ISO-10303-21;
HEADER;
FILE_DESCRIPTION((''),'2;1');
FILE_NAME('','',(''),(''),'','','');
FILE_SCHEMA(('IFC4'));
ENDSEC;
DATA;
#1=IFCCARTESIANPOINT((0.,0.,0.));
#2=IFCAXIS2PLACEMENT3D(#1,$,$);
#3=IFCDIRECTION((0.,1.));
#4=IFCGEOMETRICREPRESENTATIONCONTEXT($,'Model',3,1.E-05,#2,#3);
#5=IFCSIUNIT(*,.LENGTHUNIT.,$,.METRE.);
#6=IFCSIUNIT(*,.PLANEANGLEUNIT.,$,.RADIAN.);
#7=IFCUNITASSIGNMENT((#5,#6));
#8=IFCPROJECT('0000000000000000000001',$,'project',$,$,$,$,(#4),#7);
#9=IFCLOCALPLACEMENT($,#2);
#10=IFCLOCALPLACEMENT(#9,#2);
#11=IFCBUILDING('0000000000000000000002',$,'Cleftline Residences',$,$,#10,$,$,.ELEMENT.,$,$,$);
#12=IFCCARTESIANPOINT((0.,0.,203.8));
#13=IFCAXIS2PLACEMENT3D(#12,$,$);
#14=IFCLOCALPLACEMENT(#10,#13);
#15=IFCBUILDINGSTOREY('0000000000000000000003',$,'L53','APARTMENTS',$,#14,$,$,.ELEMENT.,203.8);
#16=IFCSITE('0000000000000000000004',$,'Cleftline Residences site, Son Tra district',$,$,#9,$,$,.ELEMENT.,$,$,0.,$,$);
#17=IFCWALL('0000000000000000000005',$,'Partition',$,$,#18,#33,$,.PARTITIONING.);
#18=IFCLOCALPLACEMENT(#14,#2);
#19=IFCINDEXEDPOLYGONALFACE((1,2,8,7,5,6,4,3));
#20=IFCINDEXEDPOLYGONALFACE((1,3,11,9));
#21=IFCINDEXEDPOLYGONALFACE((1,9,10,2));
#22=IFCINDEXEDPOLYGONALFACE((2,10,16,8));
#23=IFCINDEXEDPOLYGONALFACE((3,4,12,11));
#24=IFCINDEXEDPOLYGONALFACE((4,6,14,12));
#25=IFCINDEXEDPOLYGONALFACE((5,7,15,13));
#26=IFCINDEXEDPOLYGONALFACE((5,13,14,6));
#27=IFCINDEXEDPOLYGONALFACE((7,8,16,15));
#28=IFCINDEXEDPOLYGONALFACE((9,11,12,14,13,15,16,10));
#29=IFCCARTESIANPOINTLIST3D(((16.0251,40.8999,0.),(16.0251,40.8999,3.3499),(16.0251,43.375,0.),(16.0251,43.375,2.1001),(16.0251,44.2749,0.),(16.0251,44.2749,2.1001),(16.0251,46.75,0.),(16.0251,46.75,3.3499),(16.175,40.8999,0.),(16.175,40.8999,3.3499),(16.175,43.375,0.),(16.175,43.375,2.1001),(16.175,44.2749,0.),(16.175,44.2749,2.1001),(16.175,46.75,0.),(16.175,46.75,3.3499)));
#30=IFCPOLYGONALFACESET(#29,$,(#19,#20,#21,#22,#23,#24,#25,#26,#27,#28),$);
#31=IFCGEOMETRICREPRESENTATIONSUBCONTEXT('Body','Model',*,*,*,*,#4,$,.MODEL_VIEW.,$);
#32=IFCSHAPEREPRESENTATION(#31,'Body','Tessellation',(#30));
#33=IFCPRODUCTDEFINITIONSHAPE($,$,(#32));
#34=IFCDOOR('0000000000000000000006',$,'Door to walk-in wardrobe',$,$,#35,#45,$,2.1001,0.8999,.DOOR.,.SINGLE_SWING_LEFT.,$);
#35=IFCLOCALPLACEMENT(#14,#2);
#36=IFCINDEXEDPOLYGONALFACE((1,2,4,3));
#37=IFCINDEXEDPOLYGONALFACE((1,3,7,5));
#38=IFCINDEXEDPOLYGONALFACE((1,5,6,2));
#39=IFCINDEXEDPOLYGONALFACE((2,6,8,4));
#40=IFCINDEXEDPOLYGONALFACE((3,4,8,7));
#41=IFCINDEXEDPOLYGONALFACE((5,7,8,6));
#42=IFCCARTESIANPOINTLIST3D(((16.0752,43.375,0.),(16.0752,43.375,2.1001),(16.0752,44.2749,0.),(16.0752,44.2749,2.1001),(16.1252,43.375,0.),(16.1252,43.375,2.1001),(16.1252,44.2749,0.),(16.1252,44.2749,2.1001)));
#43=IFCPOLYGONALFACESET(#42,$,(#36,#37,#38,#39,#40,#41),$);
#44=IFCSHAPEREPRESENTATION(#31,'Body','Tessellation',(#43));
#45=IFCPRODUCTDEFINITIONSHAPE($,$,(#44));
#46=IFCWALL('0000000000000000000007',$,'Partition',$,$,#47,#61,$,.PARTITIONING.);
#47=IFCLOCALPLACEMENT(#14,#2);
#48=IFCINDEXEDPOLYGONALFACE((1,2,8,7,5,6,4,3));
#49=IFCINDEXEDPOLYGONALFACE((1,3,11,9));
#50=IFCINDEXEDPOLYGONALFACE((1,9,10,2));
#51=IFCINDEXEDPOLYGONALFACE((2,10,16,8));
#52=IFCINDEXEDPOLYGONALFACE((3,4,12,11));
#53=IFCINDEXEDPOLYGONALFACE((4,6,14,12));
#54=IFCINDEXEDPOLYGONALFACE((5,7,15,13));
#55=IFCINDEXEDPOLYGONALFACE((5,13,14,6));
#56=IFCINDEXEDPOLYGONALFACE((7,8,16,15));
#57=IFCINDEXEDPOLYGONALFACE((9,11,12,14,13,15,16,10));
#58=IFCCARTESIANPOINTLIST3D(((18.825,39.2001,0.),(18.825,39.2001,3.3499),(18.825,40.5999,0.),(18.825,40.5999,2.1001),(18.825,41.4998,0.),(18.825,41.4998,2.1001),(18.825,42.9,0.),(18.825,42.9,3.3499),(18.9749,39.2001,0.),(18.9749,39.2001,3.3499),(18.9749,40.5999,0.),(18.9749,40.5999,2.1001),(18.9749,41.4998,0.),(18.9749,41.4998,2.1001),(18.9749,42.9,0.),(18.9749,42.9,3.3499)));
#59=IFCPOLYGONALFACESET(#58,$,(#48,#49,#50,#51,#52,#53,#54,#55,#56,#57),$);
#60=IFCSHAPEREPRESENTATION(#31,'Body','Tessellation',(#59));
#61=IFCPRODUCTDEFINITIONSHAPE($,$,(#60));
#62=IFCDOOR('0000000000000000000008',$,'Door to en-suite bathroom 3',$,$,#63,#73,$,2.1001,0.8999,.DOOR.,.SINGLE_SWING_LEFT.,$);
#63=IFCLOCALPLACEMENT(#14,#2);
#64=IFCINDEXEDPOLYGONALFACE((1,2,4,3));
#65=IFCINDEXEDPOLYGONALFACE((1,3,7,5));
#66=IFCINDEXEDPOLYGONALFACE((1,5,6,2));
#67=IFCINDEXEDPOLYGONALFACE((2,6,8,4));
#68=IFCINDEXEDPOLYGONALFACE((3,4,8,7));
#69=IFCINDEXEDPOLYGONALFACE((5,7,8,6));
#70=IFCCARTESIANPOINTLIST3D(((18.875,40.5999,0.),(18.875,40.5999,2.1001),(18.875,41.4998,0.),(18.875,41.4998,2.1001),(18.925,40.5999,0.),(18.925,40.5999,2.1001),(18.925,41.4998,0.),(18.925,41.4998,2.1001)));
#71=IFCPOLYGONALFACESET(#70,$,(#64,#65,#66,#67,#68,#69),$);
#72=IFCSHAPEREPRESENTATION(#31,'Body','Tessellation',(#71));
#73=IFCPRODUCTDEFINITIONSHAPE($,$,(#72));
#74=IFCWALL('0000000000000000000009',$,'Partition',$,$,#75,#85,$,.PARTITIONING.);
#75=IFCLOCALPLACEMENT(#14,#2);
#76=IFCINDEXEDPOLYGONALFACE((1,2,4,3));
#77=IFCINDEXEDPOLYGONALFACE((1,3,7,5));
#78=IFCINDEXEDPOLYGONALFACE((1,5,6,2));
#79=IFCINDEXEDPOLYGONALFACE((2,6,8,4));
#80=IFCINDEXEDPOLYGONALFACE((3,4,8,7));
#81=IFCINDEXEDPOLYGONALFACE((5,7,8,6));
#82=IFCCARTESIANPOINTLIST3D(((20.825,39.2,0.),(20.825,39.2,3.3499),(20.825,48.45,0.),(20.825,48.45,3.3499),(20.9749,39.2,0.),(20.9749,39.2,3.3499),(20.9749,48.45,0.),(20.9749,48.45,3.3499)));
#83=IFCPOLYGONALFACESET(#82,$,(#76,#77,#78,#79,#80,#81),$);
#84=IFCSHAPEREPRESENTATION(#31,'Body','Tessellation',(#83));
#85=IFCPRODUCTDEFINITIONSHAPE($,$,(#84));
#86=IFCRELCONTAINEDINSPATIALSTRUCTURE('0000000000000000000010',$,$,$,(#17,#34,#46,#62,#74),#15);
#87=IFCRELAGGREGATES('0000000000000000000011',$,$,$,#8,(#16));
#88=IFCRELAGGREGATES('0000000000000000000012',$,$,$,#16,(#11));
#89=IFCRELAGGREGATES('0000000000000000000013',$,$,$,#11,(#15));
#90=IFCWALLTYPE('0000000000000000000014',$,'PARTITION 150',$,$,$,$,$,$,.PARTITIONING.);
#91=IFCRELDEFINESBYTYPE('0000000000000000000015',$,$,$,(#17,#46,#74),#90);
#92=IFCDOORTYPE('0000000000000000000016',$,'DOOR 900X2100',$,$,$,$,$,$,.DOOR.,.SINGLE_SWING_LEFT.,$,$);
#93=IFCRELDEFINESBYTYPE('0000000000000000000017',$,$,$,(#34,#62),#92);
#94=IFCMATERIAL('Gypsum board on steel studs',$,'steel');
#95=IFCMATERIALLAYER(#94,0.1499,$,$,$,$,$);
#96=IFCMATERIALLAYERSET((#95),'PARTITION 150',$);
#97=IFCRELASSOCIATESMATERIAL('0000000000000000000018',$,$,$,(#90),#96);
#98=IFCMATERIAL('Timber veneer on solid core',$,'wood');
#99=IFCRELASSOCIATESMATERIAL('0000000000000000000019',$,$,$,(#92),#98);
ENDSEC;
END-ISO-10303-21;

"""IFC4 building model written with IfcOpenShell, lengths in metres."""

from ifc_helpers import new_model, si_unit, direction, frame, frame_2d, origin, place, context, subcontext, project, spatial, rectangle, extrude, material, layer, layer_set, type_object, element, fill, save


model = new_model("IFC4")

# Units and contexts
model_context = context("Model", 3, precision=1e-05, world=origin(), true_north=direction((0.0, 1.0)))
body_context = subcontext(model_context, "Body", "Model", "MODEL_VIEW")
ifc_project = project(units=[si_unit("LENGTHUNIT", "METRE"), si_unit("PLANEANGLEUNIT", "RADIAN")], contexts=[model_context])

# Site, building, storey
site_placement = place(None, origin())
site = spatial("IfcSite", under=ifc_project, at=site_placement, Name="Cleftline Residences site, Son Tra district", CompositionType="ELEMENT", RefElevation=0.0)
building_placement = place(site_placement, origin())
building = spatial("IfcBuilding", under=site, at=building_placement, Name="Cleftline Residences", CompositionType="ELEMENT")
storey_placement = place(building_placement, frame((0.0, 0.0, 203.8)))
storey = spatial("IfcBuildingStorey", under=building, at=storey_placement, Name="L53", Description="APARTMENTS", CompositionType="ELEMENT", Elevation=203.8)

# Shared definitions
ifc_material_1 = material(Name="Gypsum board on steel studs", Category="steel")
ifc_layer = layer(ifc_material_1, 0.1499)
ifc_layer_set = layer_set([ifc_layer], Name="PARTITION 150")
wall_type = type_object("IfcWallType", Name="PARTITION 150", PredefinedType="PARTITIONING", material=ifc_layer_set)

# Shared definitions
ifc_material_2 = material(Name="Timber veneer on solid core", Category="wood")
door_type_1 = type_object("IfcDoorType", Name="DOOR 900X2100", OperationType="SINGLE_SWING_LEFT", PredefinedType="DOOR", material=ifc_material_2)

# Walls, openings, doors
wall_1_placement = place(storey_placement, frame((16.1001, 40.8999, 0.0), z_axis=(0.0, 0.0, 1.0), x_axis=(0.0, 1.0, 0.0)))
wall_1 = element("IfcWall", 1, at=wall_1_placement, inside=storey, type_object=wall_type, Name="Partition", PredefinedType="PARTITIONING", context=body_context, shape_type="SweptSolid", body=[
    extrude(rectangle(XDim=5.8501, YDim=0.1499, at=frame_2d((2.925, 0.0))), origin(), (0.0, 0.0, 1.0), 3.3499),
])
opening_1_placement = place(wall_1_placement, frame((2.4751, 0.0, 0.0)))
opening_1 = element("IfcOpeningElement", 2, at=opening_1_placement, cuts=wall_1, PredefinedType="OPENING", context=body_context, shape_type="SweptSolid", body=[
    extrude(rectangle(XDim=0.8999, YDim=2.1001, at=frame_2d((0.45, 1.05))), frame((0.0, 0.085, 0.0), z_axis=(0.0, -1.0, 0.0), x_axis=(1.0, 0.0, 0.0)), (0.0, 0.0, 1.0), 0.1699),
])
door_1_placement = place(opening_1_placement, origin())
door_1 = element("IfcDoor", 3, at=door_1_placement, inside=storey, type_object=door_type_1, Name="Door to walk-in wardrobe", OperationType="SINGLE_SWING_LEFT", OverallHeight=2.1001, OverallWidth=0.8999, PredefinedType="DOOR", context=body_context, shape_type="SweptSolid", body=[
    extrude(rectangle(XDim=0.8999, YDim=2.1001, at=frame_2d((0.45, 1.05))), frame((0.0, 0.0249, 0.0), z_axis=(0.0, -1.0, 0.0), x_axis=(1.0, 0.0, 0.0)), (0.0, 0.0, 1.0), 0.05),
])
fill(opening_1, door_1)
wall_2_placement = place(storey_placement, frame((18.8999, 39.2, 0.0), z_axis=(0.0, 0.0, 1.0), x_axis=(0.0, 1.0, 0.0)))
wall_2 = element("IfcWall", 4, at=wall_2_placement, inside=storey, type_object=wall_type, Name="Partition", PredefinedType="PARTITIONING", context=body_context, shape_type="SweptSolid", body=[
    extrude(rectangle(XDim=3.7, YDim=0.1499, at=frame_2d((1.8501, 0.0))), origin(), (0.0, 0.0, 1.0), 3.3499),
])
opening_2_placement = place(wall_2_placement, frame((1.3999, 0.0, 0.0)))
opening_2 = element("IfcOpeningElement", 5, at=opening_2_placement, cuts=wall_2, PredefinedType="OPENING", context=body_context, shape_type="SweptSolid", body=[
    extrude(rectangle(XDim=0.8999, YDim=2.1001, at=frame_2d((0.45, 1.05))), frame((0.0, 0.085, 0.0), z_axis=(0.0, -1.0, 0.0), x_axis=(1.0, 0.0, 0.0)), (0.0, 0.0, 1.0), 0.1699),
])
door_2_placement = place(opening_2_placement, origin())
door_2 = element("IfcDoor", 6, at=door_2_placement, inside=storey, type_object=door_type_1, Name="Door to en-suite bathroom 3", OperationType="SINGLE_SWING_LEFT", OverallHeight=2.1001, OverallWidth=0.8999, PredefinedType="DOOR", context=body_context, shape_type="SweptSolid", body=[
    extrude(rectangle(XDim=0.8999, YDim=2.1001, at=frame_2d((0.45, 1.05))), frame((0.0, 0.0249, 0.0), z_axis=(0.0, -1.0, 0.0), x_axis=(1.0, 0.0, 0.0)), (0.0, 0.0, 1.0), 0.05),
])
fill(opening_2, door_2)

# Wall
wall_3_placement = place(storey_placement, frame((20.8999, 39.2, 0.0), z_axis=(0.0, 0.0, 1.0), x_axis=(0.0, 1.0, 0.0)))
element("IfcWall", 7, at=wall_3_placement, inside=storey, type_object=wall_type, Name="Partition", PredefinedType="PARTITIONING", context=body_context, shape_type="SweptSolid", body=[
    extrude(rectangle(XDim=9.25, YDim=0.1499, at=frame_2d((4.625, 0.0))), origin(), (0.0, 0.0, 1.0), 3.3499),
])

save(model, "model.ifc")
